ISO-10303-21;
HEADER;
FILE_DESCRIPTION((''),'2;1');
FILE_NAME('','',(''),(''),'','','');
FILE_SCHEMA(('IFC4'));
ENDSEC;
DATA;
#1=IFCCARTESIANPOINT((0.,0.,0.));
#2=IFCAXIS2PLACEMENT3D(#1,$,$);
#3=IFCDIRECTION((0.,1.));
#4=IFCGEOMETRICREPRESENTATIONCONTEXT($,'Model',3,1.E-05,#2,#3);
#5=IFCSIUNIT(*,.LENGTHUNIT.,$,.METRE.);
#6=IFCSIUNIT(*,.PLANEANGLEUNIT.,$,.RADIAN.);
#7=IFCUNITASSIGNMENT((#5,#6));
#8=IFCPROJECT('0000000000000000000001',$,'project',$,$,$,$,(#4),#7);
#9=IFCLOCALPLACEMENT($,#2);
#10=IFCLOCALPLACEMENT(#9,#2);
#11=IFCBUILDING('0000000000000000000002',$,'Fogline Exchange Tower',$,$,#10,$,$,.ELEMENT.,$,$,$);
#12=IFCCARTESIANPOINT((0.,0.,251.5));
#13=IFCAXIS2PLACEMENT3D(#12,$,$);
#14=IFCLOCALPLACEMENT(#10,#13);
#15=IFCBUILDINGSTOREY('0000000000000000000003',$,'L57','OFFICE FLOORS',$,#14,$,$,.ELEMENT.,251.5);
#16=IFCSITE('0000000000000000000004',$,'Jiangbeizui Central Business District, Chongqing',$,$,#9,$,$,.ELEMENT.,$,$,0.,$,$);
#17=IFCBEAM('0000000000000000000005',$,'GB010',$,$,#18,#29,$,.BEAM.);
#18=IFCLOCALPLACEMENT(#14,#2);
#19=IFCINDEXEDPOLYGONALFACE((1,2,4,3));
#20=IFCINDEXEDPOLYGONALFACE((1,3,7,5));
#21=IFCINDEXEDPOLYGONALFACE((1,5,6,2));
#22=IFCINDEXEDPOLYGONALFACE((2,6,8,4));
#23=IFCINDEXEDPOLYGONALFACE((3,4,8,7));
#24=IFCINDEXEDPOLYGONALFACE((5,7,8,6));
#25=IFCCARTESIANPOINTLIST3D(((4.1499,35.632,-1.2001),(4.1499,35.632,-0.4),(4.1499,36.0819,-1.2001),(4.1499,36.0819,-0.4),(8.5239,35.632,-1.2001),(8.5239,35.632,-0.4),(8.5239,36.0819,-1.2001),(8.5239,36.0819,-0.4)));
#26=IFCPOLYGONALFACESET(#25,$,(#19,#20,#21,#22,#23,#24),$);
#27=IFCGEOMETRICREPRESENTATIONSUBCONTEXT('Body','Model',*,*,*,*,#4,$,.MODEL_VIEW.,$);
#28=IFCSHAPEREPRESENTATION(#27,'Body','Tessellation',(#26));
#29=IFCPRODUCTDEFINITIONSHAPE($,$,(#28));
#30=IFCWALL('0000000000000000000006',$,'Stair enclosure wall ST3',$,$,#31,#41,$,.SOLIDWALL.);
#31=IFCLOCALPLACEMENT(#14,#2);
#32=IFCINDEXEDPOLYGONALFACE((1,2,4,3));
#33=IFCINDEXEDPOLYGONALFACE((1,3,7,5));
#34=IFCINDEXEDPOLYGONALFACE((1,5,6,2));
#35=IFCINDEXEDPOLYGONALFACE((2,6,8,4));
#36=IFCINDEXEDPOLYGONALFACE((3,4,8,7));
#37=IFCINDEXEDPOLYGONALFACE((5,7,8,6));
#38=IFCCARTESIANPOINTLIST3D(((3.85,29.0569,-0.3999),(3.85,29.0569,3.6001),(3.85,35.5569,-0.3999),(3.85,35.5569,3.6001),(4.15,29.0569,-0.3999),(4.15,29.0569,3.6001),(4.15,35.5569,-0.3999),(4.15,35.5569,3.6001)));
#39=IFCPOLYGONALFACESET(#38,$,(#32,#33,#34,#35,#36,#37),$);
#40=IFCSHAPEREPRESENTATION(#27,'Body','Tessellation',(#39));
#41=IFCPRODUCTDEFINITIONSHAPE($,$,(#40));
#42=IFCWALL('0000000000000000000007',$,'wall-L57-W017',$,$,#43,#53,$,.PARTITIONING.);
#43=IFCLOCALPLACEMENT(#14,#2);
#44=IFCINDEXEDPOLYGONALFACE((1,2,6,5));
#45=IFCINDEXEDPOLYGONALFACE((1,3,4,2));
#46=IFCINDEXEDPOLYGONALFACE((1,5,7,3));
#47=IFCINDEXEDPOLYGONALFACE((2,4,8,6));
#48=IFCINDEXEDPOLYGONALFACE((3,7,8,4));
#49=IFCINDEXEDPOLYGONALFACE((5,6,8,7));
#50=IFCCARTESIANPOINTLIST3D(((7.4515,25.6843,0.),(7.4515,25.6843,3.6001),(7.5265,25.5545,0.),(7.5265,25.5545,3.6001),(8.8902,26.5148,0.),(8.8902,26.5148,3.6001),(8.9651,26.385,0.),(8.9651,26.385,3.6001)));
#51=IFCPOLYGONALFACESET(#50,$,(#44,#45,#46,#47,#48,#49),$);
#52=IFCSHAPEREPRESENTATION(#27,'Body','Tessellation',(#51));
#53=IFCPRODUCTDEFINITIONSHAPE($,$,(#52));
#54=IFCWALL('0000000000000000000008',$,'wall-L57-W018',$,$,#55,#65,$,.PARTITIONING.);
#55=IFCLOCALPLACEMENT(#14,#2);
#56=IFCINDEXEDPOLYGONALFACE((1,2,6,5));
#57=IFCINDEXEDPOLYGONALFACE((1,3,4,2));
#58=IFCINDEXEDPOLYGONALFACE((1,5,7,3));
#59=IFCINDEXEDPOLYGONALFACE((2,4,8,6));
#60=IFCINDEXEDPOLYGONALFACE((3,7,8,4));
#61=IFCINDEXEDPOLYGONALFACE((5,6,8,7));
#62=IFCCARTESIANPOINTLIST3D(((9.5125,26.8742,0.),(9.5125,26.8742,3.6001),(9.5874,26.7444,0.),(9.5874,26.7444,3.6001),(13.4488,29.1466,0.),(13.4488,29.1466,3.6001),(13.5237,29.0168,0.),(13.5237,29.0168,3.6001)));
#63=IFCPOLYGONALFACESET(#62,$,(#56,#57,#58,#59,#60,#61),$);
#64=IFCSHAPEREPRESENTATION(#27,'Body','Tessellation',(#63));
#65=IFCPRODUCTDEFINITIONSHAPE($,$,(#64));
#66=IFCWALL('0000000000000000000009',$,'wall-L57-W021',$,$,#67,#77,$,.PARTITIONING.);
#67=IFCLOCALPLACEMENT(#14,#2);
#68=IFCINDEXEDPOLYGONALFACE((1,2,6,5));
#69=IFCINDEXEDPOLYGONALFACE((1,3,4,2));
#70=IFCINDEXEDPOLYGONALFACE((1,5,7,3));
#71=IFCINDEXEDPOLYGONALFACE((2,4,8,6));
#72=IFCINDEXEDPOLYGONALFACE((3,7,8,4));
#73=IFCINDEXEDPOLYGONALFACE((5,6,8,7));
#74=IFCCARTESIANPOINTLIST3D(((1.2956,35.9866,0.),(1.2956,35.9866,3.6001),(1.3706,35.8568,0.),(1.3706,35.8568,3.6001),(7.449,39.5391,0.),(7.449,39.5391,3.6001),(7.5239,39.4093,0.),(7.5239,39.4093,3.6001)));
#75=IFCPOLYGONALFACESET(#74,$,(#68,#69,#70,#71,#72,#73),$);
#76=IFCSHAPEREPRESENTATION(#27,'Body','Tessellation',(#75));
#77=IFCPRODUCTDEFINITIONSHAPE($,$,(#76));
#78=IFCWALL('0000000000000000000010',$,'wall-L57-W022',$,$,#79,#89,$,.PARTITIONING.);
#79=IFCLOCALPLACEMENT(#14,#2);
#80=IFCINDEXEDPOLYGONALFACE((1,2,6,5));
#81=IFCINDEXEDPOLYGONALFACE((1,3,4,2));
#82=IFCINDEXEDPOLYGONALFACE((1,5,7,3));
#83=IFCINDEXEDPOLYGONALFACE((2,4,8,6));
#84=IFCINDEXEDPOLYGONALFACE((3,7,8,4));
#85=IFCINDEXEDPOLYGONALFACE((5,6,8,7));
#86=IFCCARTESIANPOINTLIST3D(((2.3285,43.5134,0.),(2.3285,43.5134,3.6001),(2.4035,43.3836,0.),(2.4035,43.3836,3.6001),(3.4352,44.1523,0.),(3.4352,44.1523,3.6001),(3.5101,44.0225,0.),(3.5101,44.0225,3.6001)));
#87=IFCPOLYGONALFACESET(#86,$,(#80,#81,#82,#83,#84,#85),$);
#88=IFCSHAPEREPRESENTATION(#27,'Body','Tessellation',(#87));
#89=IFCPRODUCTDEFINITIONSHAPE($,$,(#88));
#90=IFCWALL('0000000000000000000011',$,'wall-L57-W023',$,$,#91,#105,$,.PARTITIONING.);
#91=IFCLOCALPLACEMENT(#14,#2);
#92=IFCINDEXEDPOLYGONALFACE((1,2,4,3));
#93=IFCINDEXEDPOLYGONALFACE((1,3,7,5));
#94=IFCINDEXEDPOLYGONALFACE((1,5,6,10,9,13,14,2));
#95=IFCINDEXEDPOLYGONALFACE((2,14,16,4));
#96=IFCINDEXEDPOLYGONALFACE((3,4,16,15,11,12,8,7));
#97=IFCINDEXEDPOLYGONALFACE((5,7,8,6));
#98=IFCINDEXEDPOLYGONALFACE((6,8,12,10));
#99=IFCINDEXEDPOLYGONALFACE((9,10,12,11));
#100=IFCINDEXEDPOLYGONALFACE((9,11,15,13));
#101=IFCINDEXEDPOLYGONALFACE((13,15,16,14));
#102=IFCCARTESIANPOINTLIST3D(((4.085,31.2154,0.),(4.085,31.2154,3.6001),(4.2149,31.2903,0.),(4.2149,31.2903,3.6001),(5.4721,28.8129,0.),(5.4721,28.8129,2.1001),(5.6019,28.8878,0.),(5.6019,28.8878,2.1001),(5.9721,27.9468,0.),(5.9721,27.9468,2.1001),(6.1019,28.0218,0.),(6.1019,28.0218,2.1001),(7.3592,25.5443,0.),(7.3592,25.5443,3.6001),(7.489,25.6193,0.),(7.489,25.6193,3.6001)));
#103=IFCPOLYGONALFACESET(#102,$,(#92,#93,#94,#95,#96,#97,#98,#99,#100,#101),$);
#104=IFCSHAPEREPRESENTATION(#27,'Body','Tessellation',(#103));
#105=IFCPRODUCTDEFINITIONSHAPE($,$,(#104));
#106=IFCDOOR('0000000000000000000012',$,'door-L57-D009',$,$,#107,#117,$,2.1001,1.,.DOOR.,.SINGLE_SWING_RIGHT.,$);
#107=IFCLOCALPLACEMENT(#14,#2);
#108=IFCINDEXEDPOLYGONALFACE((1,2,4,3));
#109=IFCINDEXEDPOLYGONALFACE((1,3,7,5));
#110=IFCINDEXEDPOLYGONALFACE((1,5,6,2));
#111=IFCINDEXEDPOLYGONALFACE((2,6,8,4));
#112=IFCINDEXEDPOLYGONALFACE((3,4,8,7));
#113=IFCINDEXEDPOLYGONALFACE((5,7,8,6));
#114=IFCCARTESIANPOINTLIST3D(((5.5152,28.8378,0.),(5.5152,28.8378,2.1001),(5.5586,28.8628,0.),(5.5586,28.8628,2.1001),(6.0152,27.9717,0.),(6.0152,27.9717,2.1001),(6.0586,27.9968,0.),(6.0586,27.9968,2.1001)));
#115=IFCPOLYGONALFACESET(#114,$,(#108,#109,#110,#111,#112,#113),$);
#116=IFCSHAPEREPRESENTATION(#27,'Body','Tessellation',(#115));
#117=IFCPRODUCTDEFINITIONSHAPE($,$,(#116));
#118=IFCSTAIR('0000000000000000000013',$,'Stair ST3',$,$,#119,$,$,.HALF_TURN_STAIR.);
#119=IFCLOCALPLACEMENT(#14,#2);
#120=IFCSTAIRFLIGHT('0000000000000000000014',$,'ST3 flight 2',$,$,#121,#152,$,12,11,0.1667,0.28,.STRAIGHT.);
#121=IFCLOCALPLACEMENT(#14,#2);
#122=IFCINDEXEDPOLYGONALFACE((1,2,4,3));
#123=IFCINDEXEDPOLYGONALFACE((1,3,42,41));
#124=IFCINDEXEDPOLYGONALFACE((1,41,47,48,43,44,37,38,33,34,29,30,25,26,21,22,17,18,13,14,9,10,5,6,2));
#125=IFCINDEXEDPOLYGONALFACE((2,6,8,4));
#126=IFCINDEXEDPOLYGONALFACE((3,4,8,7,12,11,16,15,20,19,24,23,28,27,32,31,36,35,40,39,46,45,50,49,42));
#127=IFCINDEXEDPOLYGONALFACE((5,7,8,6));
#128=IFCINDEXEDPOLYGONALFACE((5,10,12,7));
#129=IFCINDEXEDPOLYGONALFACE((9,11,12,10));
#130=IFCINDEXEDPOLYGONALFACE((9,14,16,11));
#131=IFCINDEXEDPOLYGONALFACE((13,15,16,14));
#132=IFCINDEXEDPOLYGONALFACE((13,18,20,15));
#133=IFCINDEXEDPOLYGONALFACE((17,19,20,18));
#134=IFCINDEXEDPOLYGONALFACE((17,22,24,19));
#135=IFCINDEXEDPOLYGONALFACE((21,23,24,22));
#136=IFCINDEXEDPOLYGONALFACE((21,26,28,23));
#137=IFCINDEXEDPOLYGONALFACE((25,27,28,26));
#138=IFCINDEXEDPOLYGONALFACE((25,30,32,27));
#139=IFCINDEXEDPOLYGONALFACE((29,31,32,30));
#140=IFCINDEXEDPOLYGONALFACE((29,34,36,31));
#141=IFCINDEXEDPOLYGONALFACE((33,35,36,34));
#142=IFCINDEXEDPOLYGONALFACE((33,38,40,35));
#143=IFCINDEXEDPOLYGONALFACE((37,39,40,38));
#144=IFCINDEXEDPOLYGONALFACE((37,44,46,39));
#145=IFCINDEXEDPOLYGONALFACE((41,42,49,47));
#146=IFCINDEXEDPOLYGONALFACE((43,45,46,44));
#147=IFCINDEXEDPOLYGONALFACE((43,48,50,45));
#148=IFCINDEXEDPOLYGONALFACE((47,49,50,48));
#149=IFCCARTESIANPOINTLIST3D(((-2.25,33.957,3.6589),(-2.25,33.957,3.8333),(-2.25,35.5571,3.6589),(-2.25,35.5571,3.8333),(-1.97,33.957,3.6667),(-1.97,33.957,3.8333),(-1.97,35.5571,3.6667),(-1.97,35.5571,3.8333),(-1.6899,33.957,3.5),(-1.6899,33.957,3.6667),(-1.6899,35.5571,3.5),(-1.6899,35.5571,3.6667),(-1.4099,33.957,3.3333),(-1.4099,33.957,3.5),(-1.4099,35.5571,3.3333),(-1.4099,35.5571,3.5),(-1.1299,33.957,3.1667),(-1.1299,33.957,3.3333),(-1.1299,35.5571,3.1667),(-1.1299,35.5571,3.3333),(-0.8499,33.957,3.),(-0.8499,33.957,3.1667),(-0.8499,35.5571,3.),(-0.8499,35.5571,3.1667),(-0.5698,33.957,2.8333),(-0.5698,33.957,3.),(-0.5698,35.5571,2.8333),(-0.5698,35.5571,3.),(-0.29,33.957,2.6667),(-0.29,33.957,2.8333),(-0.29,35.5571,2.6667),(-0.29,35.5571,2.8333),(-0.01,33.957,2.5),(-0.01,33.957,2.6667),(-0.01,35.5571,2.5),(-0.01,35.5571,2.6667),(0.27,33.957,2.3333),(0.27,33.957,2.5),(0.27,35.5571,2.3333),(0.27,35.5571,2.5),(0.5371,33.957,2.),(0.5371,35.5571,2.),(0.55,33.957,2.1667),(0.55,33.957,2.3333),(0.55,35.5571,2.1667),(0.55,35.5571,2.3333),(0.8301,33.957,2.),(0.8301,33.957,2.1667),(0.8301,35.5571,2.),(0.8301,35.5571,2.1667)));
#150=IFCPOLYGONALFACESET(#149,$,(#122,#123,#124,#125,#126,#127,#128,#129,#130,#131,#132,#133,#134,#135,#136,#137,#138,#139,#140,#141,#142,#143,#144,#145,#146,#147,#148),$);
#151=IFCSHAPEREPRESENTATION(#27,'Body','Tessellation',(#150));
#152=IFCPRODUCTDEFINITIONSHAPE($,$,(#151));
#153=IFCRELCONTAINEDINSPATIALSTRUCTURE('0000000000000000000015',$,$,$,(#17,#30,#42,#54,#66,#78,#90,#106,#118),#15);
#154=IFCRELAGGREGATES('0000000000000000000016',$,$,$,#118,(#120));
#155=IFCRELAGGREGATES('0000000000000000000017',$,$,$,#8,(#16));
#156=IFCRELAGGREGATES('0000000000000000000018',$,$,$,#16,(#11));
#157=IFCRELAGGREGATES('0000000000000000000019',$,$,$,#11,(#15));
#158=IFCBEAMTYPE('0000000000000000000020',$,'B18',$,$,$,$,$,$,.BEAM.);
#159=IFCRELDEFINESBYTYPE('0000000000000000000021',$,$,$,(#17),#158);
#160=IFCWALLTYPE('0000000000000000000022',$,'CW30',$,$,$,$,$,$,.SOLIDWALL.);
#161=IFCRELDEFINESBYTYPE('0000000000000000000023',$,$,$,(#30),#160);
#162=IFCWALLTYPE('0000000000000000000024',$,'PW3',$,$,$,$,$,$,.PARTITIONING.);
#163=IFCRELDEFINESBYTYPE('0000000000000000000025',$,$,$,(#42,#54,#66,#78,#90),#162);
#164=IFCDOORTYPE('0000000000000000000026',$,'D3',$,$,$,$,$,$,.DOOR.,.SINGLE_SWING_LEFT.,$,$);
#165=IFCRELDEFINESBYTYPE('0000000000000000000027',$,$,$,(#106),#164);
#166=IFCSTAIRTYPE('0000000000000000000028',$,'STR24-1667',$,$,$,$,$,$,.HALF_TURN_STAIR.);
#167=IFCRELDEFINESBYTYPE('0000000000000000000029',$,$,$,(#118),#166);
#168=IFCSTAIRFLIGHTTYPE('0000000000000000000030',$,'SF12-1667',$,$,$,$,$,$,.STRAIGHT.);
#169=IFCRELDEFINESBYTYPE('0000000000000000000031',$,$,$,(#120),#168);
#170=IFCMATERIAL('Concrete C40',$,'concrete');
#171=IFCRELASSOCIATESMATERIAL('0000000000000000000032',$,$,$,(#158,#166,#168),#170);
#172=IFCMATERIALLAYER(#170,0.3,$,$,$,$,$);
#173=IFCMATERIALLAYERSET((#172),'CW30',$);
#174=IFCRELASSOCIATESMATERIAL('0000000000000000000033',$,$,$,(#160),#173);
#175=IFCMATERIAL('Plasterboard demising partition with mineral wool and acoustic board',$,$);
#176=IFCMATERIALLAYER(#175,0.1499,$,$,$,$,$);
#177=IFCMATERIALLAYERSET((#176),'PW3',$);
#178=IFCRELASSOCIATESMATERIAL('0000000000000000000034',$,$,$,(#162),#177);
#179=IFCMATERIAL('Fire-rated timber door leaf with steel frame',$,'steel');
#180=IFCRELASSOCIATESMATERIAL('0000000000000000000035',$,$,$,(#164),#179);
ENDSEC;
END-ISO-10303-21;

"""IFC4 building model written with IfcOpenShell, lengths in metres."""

from ifc_helpers import new_model, si_unit, direction, frame, frame_2d, origin, origin_2d, place, context, subcontext, project, spatial, polyline, rectangle, outline, extrude, material, layer, layer_set, material_profile, profile_set, type_object, element, fill, aggregate, save


model = new_model("IFC4")

# Units and contexts
model_context = context("Model", 3, precision=1e-05, world=origin(), true_north=direction((0.0, 1.0)))
body_context = subcontext(model_context, "Body", "Model", "MODEL_VIEW")
ifc_project = project(units=[si_unit("LENGTHUNIT", "METRE"), si_unit("PLANEANGLEUNIT", "RADIAN")], contexts=[model_context])

# Site, building, storey
site_placement = place(None, origin())
site = spatial("IfcSite", under=ifc_project, at=site_placement, Name="Jiangbeizui Central Business District, Chongqing", CompositionType="ELEMENT", RefElevation=0.0)
building_placement = place(site_placement, origin())
building = spatial("IfcBuilding", under=site, at=building_placement, Name="Fogline Exchange Tower", CompositionType="ELEMENT")
storey_placement = place(building_placement, frame((0.0, 0.0, 251.5)))
storey = spatial("IfcBuildingStorey", under=building, at=storey_placement, Name="L57", Description="OFFICE FLOORS", CompositionType="ELEMENT", Elevation=251.5)

# Beam
ifc_material_1 = material(Name="Concrete C40", Category="concrete")
ifc_material_profile_1 = material_profile(ifc_material_1, rectangle(XDim=0.45, YDim=0.8, at=origin_2d()), Name="RC 450x800")
ifc_profile_set_1 = profile_set([ifc_material_profile_1], Name="Concrete C40")
beam_type_1 = type_object("IfcBeamType", Name="B18", PredefinedType="BEAM", material=ifc_profile_set_1)
beam_1_placement = place(storey_placement, frame((4.1499, 35.8569, -0.8), z_axis=(1.0, 0.0, 0.0), x_axis=(0.0, 1.0, 0.0)))
element("IfcBeam", 1, at=beam_1_placement, inside=storey, type_object=beam_type_1, Name="GB010", PredefinedType="BEAM", context=body_context, shape_type="SweptSolid", body=[
    extrude(rectangle(XDim=0.45, YDim=0.8, at=origin_2d()), origin(), (0.0, 0.0, 1.0), 4.374),
])

# Wall
ifc_layer_1 = layer(ifc_material_1, 0.3)
ifc_layer_set_1 = layer_set([ifc_layer_1], Name="CW30")
wall_type_1 = type_object("IfcWallType", Name="CW30", PredefinedType="SOLIDWALL", material=ifc_layer_set_1)
wall_1_placement = place(storey_placement, frame((4.0, 29.0569, -0.3999), z_axis=(0.0, 0.0, 1.0), x_axis=(0.0, 1.0, 0.0)))
element("IfcWall", 2, at=wall_1_placement, inside=storey, type_object=wall_type_1, Name="Stair enclosure wall ST3", PredefinedType="SOLIDWALL", context=body_context, shape_type="SweptSolid", body=[
    extrude(rectangle(XDim=6.5, YDim=0.3, at=frame_2d((3.25, 0.0))), origin(), (0.0, 0.0, 1.0), 4.0),
])

# Walls
ifc_material_2 = material(Name="Plasterboard demising partition with mineral wool and acoustic board")
ifc_layer_2 = layer(ifc_material_2, 0.1499)
ifc_layer_set_2 = layer_set([ifc_layer_2], Name="PW3")
wall_type_2 = type_object("IfcWallType", Name="PW3", PredefinedType="PARTITIONING", material=ifc_layer_set_2)
wall_2_placement = place(storey_placement, frame((7.489, 25.6194, 0.0), z_axis=(0.0, 0.0, 1.0), x_axis=(0.866046, 0.499964, 0.0)))
element("IfcWall", 3, at=wall_2_placement, inside=storey, type_object=wall_type_2, Name="wall-L57-W017", PredefinedType="PARTITIONING", context=body_context, shape_type="SweptSolid", body=[
    extrude(rectangle(XDim=1.6611, YDim=0.1499, at=frame_2d((0.8306, 0.0))), origin(), (0.0, 0.0, 1.0), 3.6001),
])
wall_3_placement = place(storey_placement, frame((9.55, 26.8093, 0.0), z_axis=(0.0, 0.0, 1.0), x_axis=(0.86604, 0.499975, 0.0)))
element("IfcWall", 4, at=wall_3_placement, inside=storey, type_object=wall_type_2, Name="wall-L57-W018", PredefinedType="PARTITIONING", context=body_context, shape_type="SweptSolid", body=[
    extrude(rectangle(XDim=4.5452, YDim=0.1499, at=frame_2d((2.2725, 0.0))), origin(), (0.0, 0.0, 1.0), 3.6001),
])
wall_4_placement = place(storey_placement, frame((1.333, 35.9216, 0.0), z_axis=(0.0, 0.0, 1.0), x_axis=(0.866033, 0.499986, 0.0)))
element("IfcWall", 5, at=wall_4_placement, inside=storey, type_object=wall_type_2, Name="wall-L57-W021", PredefinedType="PARTITIONING", context=body_context, shape_type="SweptSolid", body=[
    extrude(rectangle(XDim=7.1052, YDim=0.1499, at=frame_2d((3.5527, 0.0))), origin(), (0.0, 0.0, 1.0), 3.6001),
])
wall_5_placement = place(storey_placement, frame((3.4727, 44.0874, 0.0), z_axis=(0.0, 0.0, 1.0), x_axis=(-0.866036, -0.499982, 0.0)))
element("IfcWall", 6, at=wall_5_placement, inside=storey, type_object=wall_type_2, Name="wall-L57-W022", PredefinedType="PARTITIONING", context=body_context, shape_type="SweptSolid", body=[
    extrude(rectangle(XDim=1.2778, YDim=0.1499, at=frame_2d((0.6389, 0.0))), origin(), (0.0, 0.0, 1.0), 3.6001),
])

# Wall, opening, door
wall_6_placement = place(storey_placement, frame((7.4241, 25.5818, 0.0), z_axis=(0.0, 0.0, 1.0), x_axis=(-0.499992, 0.86603, 0.0)))
wall_6 = element("IfcWall", 7, at=wall_6_placement, inside=storey, type_object=wall_type_2, Name="wall-L57-W023", PredefinedType="PARTITIONING", context=body_context, shape_type="SweptSolid", body=[
    extrude(rectangle(XDim=6.5483, YDim=0.1499, at=frame_2d((3.2742, 0.0))), origin(), (0.0, 0.0, 1.0), 3.6001),
])
opening_1_placement = place(wall_6_placement, frame((2.7742, 0.0, 0.0)))
opening_1 = element("IfcOpeningElement", 8, at=opening_1_placement, cuts=wall_6, PredefinedType="OPENING", context=body_context, shape_type="SweptSolid", body=[
    extrude(rectangle(XDim=1.0, YDim=2.1001, at=frame_2d((0.5, 1.05))), frame((0.0, 0.085, 0.0), z_axis=(0.0, -1.0, 0.0), x_axis=(1.0, 0.0, 0.0)), (0.0, 0.0, 1.0), 0.1699),
])
ifc_material_3 = material(Name="Fire-rated timber door leaf with steel frame", Category="steel")
door_type_1 = type_object("IfcDoorType", Name="D3", OperationType="SINGLE_SWING_LEFT", PredefinedType="DOOR", material=ifc_material_3)
door_1_placement = place(opening_1_placement, frame((1.0, 0.0, 0.0), z_axis=(0.0, 0.0, 1.0), x_axis=(-1.0, 0.0, 0.0)))
door_1 = element("IfcDoor", 9, at=door_1_placement, inside=storey, type_object=door_type_1, Name="door-L57-D009", OperationType="SINGLE_SWING_RIGHT", OverallHeight=2.1001, OverallWidth=1.0, PredefinedType="DOOR", context=body_context, shape_type="SweptSolid", body=[
    extrude(rectangle(XDim=1.0, YDim=2.1001, at=frame_2d((0.5, 1.05))), frame((0.0, 0.0249, 0.0), z_axis=(0.0, -1.0, 0.0), x_axis=(1.0, 0.0, 0.0)), (0.0, 0.0, 1.0), 0.05),
])
fill(opening_1, door_1)

# Stair, stair flight
stair_type = type_object("IfcStairType", Name="STR24-1667", PredefinedType="HALF_TURN_STAIR", material=ifc_material_1)
stair_placement = place(storey_placement, origin())
stair = element("IfcStair", 10, at=stair_placement, inside=storey, type_object=stair_type, Name="Stair ST3", PredefinedType="HALF_TURN_STAIR")
stair_flight_type = type_object("IfcStairFlightType", Name="SF12-1667", PredefinedType="STRAIGHT", material=ifc_material_1)
stair_flight_placement = place(storey_placement, frame((0.8301, 34.7571, 2.0), z_axis=(0.0, 0.0, 1.0), x_axis=(-1.0, 0.0, 0.0)))
stair_flight = element("IfcStairFlight", 11, at=stair_flight_placement, type_object=stair_flight_type, Name="ST3 flight 2", NumberOfRisers=12, NumberOfTreads=11, PredefinedType="STRAIGHT", RiserHeight=0.1667, TreadLength=0.28, context=body_context, shape_type="SweptSolid", body=[
    extrude(outline(polyline([(0.0, 0.0), (0.0, 0.1667), (0.28, 0.1667), (0.28, 0.3333), (0.5601, 0.3333), (0.5601, 0.5), (0.8401, 0.5), (0.8401, 0.6667), (1.1201, 0.6667), (1.1201, 0.8333), (1.3999, 0.8333), (1.3999, 1.0), (1.6799, 1.0), (1.6799, 1.1667), (1.96, 1.1667), (1.96, 1.3333), (2.24, 1.3333), (2.24, 1.5), (2.52, 1.5), (2.52, 1.6667), (2.8, 1.6667), (2.8, 1.8333), (3.0801, 1.8333), (3.0801, 2.0), (3.0801, 1.6589), (0.293, 0.0), (0.0, 0.0)])), frame((0.0, 0.8, 0.0), z_axis=(0.0, -1.0, 0.0), x_axis=(1.0, 0.0, 0.0)), (0.0, 0.0, 1.0), 1.6001),
])
aggregate(stair, [stair_flight])

save(model, "model.ifc")
